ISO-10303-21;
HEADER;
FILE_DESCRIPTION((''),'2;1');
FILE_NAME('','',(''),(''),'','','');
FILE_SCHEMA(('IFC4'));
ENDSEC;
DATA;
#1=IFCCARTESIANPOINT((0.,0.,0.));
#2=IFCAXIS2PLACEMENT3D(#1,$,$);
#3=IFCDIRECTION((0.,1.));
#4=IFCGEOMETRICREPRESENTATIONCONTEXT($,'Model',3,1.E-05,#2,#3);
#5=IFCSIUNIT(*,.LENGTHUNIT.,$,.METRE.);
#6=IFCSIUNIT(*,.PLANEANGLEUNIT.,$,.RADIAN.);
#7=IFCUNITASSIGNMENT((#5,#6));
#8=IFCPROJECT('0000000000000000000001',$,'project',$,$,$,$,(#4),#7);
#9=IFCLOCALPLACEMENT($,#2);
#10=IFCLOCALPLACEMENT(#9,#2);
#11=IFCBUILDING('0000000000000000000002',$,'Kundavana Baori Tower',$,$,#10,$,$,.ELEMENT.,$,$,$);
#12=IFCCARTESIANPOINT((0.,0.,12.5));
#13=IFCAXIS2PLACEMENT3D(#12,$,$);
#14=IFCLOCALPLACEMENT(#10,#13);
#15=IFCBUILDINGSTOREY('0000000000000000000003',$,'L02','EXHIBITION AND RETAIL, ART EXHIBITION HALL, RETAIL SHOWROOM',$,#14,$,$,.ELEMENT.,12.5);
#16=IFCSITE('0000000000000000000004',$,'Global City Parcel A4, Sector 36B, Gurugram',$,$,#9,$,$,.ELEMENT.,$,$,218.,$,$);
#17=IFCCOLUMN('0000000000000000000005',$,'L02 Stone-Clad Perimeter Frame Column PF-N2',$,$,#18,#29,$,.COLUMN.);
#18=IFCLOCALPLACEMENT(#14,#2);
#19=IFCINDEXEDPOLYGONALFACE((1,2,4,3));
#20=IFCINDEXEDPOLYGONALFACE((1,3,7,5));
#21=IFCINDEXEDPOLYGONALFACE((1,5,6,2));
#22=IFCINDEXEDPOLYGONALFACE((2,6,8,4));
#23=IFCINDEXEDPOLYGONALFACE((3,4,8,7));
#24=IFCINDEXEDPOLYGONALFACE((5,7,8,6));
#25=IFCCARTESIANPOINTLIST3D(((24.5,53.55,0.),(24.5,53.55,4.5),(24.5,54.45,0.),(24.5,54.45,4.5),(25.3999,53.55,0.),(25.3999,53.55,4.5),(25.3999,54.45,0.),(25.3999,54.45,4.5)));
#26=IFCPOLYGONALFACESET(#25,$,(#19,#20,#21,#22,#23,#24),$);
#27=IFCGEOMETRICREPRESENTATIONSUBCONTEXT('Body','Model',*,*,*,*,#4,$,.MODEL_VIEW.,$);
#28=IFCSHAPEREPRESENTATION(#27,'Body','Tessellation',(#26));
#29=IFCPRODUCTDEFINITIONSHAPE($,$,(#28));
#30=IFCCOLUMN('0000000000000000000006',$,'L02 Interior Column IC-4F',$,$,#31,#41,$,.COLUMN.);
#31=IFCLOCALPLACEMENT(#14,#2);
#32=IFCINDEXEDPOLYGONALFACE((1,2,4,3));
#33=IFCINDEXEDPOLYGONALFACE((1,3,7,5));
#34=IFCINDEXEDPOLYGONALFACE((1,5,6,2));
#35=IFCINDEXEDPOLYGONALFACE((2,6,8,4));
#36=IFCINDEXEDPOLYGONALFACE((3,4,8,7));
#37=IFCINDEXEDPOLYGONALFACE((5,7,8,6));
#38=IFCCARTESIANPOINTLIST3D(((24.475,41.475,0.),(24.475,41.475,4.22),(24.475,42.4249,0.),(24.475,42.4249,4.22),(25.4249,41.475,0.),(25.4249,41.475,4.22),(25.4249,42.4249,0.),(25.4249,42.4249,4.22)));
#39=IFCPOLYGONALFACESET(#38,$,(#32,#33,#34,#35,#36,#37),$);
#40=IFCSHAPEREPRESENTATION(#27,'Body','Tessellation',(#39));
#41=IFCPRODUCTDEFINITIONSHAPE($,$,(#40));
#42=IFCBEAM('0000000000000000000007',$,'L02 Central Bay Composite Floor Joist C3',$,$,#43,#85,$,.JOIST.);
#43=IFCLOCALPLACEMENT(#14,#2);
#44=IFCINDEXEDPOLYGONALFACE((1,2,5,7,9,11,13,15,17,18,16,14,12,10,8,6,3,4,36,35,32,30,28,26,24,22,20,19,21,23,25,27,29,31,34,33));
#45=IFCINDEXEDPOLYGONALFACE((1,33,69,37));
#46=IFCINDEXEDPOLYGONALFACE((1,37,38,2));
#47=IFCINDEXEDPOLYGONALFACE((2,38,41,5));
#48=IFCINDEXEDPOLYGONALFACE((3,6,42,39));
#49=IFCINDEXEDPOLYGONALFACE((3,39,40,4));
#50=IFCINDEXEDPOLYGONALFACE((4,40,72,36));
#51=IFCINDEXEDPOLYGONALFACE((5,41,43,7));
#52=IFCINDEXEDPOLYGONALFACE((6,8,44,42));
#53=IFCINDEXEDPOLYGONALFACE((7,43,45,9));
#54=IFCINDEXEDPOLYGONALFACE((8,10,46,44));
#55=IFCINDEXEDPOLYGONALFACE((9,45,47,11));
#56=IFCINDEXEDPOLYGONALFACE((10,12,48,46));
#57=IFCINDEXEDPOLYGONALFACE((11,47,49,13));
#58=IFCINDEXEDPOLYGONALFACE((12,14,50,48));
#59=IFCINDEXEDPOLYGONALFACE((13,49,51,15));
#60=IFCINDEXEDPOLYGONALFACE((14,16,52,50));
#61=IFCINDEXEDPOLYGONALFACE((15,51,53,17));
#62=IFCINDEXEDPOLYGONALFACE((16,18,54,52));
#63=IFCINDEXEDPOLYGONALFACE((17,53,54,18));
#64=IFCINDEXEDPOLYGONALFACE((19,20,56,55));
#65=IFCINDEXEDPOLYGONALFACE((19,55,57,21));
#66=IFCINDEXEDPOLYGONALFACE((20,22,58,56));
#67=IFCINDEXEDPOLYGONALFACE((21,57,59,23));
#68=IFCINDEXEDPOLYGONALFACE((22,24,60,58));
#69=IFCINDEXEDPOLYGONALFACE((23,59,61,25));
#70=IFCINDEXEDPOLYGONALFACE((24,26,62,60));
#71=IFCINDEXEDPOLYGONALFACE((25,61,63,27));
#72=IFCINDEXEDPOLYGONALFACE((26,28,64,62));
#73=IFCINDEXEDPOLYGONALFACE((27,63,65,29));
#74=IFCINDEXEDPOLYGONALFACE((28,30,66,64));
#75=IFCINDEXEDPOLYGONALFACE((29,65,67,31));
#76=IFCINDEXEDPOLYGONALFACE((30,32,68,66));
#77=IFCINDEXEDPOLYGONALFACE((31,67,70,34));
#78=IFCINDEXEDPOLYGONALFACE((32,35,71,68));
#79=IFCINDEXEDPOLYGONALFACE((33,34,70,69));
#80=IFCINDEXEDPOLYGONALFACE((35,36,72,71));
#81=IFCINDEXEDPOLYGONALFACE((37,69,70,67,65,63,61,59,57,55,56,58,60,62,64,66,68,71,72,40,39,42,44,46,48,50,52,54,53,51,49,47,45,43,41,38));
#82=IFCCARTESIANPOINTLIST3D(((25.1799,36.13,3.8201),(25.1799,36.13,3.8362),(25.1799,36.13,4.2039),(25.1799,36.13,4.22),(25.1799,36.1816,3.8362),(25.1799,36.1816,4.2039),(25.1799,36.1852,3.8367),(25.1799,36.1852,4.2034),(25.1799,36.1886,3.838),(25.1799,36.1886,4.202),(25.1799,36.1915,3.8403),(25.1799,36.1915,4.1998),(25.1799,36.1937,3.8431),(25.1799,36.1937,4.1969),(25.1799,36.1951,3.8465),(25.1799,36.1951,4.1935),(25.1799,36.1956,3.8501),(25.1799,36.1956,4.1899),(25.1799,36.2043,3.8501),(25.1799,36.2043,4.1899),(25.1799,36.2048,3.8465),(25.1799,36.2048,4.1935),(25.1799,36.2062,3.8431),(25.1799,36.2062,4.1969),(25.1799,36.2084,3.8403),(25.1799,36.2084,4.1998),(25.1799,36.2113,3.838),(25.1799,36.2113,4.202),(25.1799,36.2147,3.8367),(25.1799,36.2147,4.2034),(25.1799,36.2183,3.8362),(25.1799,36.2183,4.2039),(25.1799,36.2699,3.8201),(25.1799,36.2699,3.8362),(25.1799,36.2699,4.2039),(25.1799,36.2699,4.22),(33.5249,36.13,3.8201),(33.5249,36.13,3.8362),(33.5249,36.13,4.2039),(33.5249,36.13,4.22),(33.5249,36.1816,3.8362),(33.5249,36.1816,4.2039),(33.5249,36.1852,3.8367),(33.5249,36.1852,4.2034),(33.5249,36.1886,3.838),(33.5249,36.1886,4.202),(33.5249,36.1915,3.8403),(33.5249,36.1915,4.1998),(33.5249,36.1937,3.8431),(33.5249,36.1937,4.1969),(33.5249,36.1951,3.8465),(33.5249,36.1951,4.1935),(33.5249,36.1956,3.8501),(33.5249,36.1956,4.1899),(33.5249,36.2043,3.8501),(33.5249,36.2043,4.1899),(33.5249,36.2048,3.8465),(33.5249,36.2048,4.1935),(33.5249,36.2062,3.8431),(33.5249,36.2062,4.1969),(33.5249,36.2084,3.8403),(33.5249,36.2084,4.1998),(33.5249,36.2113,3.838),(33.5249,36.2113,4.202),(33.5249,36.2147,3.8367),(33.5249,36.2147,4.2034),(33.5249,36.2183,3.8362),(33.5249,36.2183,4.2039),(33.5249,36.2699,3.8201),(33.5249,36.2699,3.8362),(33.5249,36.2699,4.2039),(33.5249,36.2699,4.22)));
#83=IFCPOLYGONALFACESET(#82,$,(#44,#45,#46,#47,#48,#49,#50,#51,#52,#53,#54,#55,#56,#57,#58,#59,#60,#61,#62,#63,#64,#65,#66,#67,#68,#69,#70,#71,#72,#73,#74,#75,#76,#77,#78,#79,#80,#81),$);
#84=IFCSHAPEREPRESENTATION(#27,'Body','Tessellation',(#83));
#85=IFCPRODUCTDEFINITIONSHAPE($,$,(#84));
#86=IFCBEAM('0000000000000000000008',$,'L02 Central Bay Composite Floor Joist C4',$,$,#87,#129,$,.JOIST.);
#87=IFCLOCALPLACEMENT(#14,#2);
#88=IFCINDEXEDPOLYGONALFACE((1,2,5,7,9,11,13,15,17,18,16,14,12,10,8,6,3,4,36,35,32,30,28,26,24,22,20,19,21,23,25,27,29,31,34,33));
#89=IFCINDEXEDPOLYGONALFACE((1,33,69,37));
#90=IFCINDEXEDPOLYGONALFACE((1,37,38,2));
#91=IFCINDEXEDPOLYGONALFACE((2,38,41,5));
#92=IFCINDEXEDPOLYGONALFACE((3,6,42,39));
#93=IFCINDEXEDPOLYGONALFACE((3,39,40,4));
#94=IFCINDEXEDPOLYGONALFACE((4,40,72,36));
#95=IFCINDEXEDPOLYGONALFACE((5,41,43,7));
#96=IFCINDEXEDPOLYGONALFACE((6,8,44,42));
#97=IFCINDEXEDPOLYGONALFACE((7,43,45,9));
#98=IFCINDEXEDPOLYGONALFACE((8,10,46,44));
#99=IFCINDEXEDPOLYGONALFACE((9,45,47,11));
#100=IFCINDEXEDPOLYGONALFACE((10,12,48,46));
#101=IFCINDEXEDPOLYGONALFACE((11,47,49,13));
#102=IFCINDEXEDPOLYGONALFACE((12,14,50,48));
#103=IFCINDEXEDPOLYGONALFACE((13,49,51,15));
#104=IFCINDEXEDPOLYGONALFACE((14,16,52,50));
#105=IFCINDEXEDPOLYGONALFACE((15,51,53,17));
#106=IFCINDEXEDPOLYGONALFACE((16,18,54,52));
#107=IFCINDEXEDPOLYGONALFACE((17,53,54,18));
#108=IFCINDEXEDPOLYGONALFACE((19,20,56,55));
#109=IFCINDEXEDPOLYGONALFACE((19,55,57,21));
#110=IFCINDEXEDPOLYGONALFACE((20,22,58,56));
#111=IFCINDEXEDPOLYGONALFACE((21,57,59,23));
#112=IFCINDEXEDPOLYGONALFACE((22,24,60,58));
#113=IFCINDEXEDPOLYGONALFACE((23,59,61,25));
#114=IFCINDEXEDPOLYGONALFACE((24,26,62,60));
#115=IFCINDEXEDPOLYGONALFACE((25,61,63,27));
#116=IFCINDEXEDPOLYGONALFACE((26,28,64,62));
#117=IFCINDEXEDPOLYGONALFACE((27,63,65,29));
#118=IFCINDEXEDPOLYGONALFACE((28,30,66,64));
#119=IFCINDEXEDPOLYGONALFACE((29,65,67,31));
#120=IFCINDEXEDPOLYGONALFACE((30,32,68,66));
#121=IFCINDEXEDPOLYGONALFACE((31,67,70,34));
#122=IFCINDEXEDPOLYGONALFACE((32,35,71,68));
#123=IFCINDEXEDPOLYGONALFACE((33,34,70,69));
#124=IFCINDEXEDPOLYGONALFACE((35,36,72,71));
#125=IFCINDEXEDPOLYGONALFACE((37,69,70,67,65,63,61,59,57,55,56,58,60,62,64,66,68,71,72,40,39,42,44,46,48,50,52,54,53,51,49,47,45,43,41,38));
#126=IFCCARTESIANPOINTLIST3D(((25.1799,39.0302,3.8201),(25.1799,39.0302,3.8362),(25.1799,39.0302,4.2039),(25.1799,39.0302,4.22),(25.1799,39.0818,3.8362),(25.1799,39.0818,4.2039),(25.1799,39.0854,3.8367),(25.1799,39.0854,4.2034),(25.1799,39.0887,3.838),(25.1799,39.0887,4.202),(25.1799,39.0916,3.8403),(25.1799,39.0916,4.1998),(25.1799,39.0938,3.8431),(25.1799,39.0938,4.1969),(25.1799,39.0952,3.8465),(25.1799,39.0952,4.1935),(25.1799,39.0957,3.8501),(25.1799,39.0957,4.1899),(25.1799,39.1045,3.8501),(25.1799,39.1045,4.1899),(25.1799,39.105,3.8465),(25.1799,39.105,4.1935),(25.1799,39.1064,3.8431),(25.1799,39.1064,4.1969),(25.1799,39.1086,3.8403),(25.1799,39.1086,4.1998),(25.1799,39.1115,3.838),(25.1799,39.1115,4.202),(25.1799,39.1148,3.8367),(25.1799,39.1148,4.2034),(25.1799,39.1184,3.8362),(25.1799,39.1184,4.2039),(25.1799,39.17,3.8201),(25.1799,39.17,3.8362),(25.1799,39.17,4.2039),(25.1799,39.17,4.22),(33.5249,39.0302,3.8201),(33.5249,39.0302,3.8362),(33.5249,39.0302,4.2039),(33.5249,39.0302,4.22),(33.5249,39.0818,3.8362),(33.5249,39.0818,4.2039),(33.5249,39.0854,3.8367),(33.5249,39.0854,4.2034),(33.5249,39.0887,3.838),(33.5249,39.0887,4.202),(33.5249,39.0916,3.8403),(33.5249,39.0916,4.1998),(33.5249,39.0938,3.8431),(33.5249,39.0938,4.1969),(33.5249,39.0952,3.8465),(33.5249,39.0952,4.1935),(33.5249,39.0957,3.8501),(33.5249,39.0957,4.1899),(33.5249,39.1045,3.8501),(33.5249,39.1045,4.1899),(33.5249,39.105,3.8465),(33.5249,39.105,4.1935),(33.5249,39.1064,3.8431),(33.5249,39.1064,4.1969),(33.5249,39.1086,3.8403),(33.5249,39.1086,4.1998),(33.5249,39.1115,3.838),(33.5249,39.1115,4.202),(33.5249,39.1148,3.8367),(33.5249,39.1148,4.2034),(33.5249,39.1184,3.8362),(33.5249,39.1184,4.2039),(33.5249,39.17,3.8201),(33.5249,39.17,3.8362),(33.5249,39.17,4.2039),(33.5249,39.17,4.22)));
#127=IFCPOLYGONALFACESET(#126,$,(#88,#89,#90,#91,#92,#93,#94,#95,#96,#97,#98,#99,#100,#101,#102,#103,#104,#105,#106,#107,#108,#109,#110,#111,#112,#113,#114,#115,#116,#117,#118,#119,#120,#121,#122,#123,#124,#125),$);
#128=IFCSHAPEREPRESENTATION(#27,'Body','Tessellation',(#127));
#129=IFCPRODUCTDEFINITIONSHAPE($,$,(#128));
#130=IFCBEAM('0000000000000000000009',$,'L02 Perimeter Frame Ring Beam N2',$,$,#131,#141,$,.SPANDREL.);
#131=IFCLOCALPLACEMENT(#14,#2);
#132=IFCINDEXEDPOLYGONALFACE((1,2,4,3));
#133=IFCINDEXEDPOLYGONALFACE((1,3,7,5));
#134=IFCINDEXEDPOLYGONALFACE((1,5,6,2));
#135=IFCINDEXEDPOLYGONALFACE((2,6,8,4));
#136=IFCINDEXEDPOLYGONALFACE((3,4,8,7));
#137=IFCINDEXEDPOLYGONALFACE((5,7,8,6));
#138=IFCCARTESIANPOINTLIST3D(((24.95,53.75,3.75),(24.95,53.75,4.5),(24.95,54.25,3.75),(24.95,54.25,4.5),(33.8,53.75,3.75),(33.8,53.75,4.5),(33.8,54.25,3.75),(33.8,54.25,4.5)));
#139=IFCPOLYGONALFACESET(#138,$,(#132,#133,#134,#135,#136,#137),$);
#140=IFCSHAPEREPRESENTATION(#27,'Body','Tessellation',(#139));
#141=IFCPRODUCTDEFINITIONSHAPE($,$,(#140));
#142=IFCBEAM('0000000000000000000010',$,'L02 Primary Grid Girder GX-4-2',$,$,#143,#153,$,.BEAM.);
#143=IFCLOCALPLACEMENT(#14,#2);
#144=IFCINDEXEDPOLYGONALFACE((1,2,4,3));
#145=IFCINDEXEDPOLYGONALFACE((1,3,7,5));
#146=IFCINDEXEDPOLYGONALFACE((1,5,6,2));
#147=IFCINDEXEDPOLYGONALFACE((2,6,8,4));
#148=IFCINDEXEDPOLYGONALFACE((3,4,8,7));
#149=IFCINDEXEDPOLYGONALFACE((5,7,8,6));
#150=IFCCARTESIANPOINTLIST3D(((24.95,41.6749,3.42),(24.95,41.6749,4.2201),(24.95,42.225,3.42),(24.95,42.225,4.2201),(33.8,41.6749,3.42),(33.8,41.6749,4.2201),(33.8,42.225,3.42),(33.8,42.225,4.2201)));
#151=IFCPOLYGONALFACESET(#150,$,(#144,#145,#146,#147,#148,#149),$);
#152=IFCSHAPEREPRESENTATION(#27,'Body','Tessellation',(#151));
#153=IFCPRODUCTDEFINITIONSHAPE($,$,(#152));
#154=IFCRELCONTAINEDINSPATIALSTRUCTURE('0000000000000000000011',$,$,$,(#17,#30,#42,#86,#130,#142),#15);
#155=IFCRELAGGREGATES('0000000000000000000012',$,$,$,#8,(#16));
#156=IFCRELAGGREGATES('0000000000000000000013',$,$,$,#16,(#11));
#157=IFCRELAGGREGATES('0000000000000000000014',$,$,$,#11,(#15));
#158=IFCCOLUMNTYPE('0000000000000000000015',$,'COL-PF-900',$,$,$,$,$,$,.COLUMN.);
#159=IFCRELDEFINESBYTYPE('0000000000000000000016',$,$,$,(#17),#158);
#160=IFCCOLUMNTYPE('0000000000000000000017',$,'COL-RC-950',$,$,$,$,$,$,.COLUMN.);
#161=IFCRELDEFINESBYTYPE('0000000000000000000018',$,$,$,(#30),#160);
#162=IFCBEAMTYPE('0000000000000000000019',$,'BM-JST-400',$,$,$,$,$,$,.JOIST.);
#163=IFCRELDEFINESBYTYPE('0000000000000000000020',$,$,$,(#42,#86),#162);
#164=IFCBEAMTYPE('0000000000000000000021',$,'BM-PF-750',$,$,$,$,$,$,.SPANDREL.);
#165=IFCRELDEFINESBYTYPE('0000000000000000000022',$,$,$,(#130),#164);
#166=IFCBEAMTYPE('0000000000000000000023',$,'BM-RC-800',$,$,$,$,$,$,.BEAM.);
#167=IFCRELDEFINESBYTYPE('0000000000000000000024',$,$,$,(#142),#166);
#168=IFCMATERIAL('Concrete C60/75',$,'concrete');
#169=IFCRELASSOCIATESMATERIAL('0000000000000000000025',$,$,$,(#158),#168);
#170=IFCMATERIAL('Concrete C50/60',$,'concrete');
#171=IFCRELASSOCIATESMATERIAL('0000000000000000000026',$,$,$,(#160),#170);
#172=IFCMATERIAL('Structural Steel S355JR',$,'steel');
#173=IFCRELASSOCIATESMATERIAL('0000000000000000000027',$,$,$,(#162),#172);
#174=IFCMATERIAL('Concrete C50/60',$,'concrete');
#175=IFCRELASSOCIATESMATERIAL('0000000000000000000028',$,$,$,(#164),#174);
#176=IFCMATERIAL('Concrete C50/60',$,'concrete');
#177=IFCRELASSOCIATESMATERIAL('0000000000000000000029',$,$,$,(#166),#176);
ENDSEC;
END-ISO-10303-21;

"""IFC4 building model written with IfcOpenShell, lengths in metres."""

from ifc_helpers import new_model, si_unit, direction, frame, origin, origin_2d, place, context, subcontext, project, spatial, rectangle, i_section, extrude, material, material_profile, profile_set, type_object, element, save


model = new_model("IFC4")

# Units and contexts
model_context = context("Model", 3, precision=1e-05, world=origin(), true_north=direction((0.0, 1.0)))
body_context = subcontext(model_context, "Body", "Model", "MODEL_VIEW")
ifc_project = project(units=[si_unit("LENGTHUNIT", "METRE"), si_unit("PLANEANGLEUNIT", "RADIAN")], contexts=[model_context])

# Site, building, storey
site_placement = place(None, origin())
site = spatial("IfcSite", under=ifc_project, at=site_placement, Name="Global City Parcel A4, Sector 36B, Gurugram", CompositionType="ELEMENT", RefElevation=218.0)
building_placement = place(site_placement, origin())
building = spatial("IfcBuilding", under=site, at=building_placement, Name="Kundavana Baori Tower", CompositionType="ELEMENT")
storey_placement = place(building_placement, frame((0.0, 0.0, 12.5)))
storey = spatial("IfcBuildingStorey", under=building, at=storey_placement, Name="L02", Description="EXHIBITION AND RETAIL, ART EXHIBITION HALL, RETAIL SHOWROOM", CompositionType="ELEMENT", Elevation=12.5)

# Columns
ifc_material_1 = material(Name="Concrete C60/75", Category="concrete")
ifc_material_profile_1 = material_profile(ifc_material_1, rectangle(XDim=0.8999, YDim=0.8999, at=origin_2d()), Name="RC PF 900x900")
ifc_profile_set_1 = profile_set([ifc_material_profile_1], Name="Concrete C60/75")
column_type_1 = type_object("IfcColumnType", Name="COL-PF-900", PredefinedType="COLUMN", material=ifc_profile_set_1)
column_1_placement = place(storey_placement, frame((24.95, 54.0, 0.0), z_axis=(0.0, 0.0, 1.0), x_axis=(1.0, 0.0, 0.0)))
element("IfcColumn", 1, at=column_1_placement, inside=storey, type_object=column_type_1, Name="L02 Stone-Clad Perimeter Frame Column PF-N2", PredefinedType="COLUMN", context=body_context, shape_type="SweptSolid", body=[
    extrude(rectangle(XDim=0.8999, YDim=0.8999, at=origin_2d()), origin(), (0.0, 0.0, 1.0), 4.5),
])
ifc_material_2 = material(Name="Concrete C50/60", Category="concrete")
ifc_material_profile_2 = material_profile(ifc_material_2, rectangle(XDim=0.95, YDim=0.95, at=origin_2d()), Name="RC 950x950")
ifc_profile_set_2 = profile_set([ifc_material_profile_2], Name="Concrete C50/60")
column_type_2 = type_object("IfcColumnType", Name="COL-RC-950", PredefinedType="COLUMN", material=ifc_profile_set_2)
column_2_placement = place(storey_placement, frame((24.95, 41.95, 0.0), z_axis=(0.0, 0.0, 1.0), x_axis=(1.0, 0.0, 0.0)))
element("IfcColumn", 2, at=column_2_placement, inside=storey, type_object=column_type_2, Name="L02 Interior Column IC-4F", PredefinedType="COLUMN", context=body_context, shape_type="SweptSolid", body=[
    extrude(rectangle(XDim=0.95, YDim=0.95, at=origin_2d()), origin(), (0.0, 0.0, 1.0), 4.22),
])

# Beams
ifc_material_3 = material(Name="Structural Steel S355JR", Category="steel")
ifc_material_profile_3 = material_profile(ifc_material_3, i_section(OverallWidth=0.1399, OverallDepth=0.3999, WebThickness=0.0088, FlangeThickness=0.0161, FilletRadius=0.0139, at=origin_2d()), Name="ISMB 400")
ifc_profile_set_3 = profile_set([ifc_material_profile_3], Name="Structural Steel S355JR")
beam_type_1 = type_object("IfcBeamType", Name="BM-JST-400", PredefinedType="JOIST", material=ifc_profile_set_3)
for number, where, z_axis, x_axis, name in (
    (3, (25.1799, 36.2, 4.02), (1.0, 0.0, 0.0), (0.0, 1.0, 0.0), "L02 Central Bay Composite Floor Joist C3"),
    (4, (25.1799, 39.1001, 4.02), (1.0, 0.0, 0.0), (0.0, 1.0, 0.0), "L02 Central Bay Composite Floor Joist C4"),
):
    element("IfcBeam", number, at=place(storey_placement, frame(where, z_axis=z_axis, x_axis=x_axis)), inside=storey, type_object=beam_type_1, Name=name, PredefinedType="JOIST", context=body_context, shape_type="SweptSolid", body=[
        extrude(i_section(OverallWidth=0.1399, OverallDepth=0.3999, WebThickness=0.0088, FlangeThickness=0.0161, FilletRadius=0.0139, at=origin_2d()), origin(), (0.0, 0.0, 1.0), 8.345),
    ])
ifc_material_4 = material(Name="Concrete C50/60", Category="concrete")
ifc_material_profile_4 = material_profile(ifc_material_4, rectangle(XDim=0.5, YDim=0.75, at=origin_2d()), Name="RC BM 500x750")
ifc_profile_set_4 = profile_set([ifc_material_profile_4], Name="Concrete C50/60")
beam_type_2 = type_object("IfcBeamType", Name="BM-PF-750", PredefinedType="SPANDREL", material=ifc_profile_set_4)
beam_1_placement = place(storey_placement, frame((24.95, 54.0, 4.125), z_axis=(1.0, 0.0, 0.0), x_axis=(0.0, 1.0, 0.0)))
element("IfcBeam", 5, at=beam_1_placement, inside=storey, type_object=beam_type_2, Name="L02 Perimeter Frame Ring Beam N2", PredefinedType="SPANDREL", context=body_context, shape_type="SweptSolid", body=[
    extrude(rectangle(XDim=0.5, YDim=0.75, at=origin_2d()), origin(), (0.0, 0.0, 1.0), 8.8501),
])
ifc_material_5 = material(Name="Concrete C50/60", Category="concrete")
ifc_material_profile_5 = material_profile(ifc_material_5, rectangle(XDim=0.55, YDim=0.8, at=origin_2d()), Name="RC BM 550x800")
ifc_profile_set_5 = profile_set([ifc_material_profile_5], Name="Concrete C50/60")
beam_type_3 = type_object("IfcBeamType", Name="BM-RC-800", PredefinedType="BEAM", material=ifc_profile_set_5)
beam_2_placement = place(storey_placement, frame((24.95, 41.95, 3.8201), z_axis=(1.0, 0.0, 0.0), x_axis=(0.0, 1.0, 0.0)))
element("IfcBeam", 6, at=beam_2_placement, inside=storey, type_object=beam_type_3, Name="L02 Primary Grid Girder GX-4-2", PredefinedType="BEAM", context=body_context, shape_type="SweptSolid", body=[
    extrude(rectangle(XDim=0.55, YDim=0.8, at=origin_2d()), origin(), (0.0, 0.0, 1.0), 8.8501),
])

save(model, "model.ifc")
